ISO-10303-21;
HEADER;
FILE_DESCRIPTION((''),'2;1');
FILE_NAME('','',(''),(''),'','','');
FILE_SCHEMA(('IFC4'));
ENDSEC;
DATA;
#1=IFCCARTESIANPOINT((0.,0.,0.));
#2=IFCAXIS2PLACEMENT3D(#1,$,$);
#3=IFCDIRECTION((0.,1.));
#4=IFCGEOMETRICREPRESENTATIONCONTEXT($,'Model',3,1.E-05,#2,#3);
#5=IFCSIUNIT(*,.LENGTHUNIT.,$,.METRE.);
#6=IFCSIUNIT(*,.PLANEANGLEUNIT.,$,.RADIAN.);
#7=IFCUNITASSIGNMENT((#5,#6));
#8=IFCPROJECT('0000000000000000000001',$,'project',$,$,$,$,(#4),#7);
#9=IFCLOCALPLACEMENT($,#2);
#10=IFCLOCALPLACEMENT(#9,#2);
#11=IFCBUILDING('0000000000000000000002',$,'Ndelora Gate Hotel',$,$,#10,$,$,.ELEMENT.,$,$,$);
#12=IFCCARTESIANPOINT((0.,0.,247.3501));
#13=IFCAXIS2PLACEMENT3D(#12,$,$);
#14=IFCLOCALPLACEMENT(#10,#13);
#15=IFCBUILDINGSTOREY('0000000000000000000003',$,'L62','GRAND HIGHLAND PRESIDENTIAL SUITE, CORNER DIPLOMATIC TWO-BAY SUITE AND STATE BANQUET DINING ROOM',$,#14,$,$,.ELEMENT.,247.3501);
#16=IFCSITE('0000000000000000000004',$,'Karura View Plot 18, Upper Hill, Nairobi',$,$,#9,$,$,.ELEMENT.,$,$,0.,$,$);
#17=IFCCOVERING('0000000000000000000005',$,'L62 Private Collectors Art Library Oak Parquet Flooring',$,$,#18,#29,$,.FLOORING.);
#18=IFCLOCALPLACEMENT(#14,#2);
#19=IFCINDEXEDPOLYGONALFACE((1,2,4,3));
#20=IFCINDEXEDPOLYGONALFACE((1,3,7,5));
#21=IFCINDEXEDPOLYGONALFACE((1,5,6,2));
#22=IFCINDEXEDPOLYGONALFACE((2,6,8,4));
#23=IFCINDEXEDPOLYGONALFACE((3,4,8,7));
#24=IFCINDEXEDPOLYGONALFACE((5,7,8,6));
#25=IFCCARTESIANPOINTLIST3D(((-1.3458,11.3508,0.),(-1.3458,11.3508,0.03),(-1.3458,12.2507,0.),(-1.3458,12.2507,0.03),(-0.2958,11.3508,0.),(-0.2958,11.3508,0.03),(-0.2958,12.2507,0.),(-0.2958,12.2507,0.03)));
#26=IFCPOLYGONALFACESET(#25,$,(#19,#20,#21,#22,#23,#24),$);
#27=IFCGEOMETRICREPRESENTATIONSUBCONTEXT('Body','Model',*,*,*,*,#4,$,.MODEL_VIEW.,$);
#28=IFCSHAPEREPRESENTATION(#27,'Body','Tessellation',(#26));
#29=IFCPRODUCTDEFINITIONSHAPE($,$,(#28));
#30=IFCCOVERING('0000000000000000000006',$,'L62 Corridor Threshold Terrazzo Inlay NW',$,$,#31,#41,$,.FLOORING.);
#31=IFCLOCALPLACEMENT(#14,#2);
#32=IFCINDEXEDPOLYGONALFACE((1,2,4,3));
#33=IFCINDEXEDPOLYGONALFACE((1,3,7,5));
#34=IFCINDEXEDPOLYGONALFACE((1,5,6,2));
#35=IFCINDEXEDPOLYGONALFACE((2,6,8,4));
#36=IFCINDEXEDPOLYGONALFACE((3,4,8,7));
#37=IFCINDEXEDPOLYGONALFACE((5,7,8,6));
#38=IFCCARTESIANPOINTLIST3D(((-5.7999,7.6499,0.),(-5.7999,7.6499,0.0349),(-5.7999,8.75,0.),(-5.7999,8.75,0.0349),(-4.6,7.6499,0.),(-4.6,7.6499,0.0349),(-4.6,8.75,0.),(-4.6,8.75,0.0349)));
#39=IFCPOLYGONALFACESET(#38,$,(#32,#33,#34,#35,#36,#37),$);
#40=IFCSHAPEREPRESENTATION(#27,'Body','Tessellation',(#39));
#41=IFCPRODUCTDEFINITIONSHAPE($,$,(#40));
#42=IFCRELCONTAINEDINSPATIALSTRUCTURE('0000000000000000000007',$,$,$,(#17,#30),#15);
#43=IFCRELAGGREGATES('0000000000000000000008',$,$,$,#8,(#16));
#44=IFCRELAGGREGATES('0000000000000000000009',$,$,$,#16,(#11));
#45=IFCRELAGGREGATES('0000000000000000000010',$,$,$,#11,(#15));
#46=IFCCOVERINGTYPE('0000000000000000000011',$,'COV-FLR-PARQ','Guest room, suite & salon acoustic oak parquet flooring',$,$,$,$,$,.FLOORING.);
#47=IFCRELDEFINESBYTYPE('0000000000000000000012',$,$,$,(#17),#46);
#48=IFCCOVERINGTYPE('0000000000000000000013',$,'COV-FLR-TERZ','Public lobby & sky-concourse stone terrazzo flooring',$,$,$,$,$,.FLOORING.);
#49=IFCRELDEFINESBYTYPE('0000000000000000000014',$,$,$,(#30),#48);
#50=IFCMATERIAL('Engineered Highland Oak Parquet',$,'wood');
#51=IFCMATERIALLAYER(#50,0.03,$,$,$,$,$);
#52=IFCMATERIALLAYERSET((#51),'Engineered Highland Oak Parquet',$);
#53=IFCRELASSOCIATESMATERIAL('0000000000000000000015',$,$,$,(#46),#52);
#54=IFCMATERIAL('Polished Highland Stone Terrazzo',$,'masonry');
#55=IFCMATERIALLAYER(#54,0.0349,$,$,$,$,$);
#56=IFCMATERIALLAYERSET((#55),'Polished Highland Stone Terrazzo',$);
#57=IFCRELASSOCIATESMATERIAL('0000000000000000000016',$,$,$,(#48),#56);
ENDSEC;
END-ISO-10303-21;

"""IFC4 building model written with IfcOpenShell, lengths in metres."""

from ifc_helpers import new_model, si_unit, direction, frame, origin, origin_2d, place, context, subcontext, project, spatial, rectangle, extrude, material, layer, layer_set, type_object, element, save


model = new_model("IFC4")

# Units and contexts
model_context = context("Model", 3, precision=1e-05, world=origin(), true_north=direction((0.0, 1.0)))
body_context = subcontext(model_context, "Body", "Model", "MODEL_VIEW")
ifc_project = project(units=[si_unit("LENGTHUNIT", "METRE"), si_unit("PLANEANGLEUNIT", "RADIAN")], contexts=[model_context])

# Site, building, storey
site_placement = place(None, origin())
site = spatial("IfcSite", under=ifc_project, at=site_placement, Name="Karura View Plot 18, Upper Hill, Nairobi", CompositionType="ELEMENT", RefElevation=0.0)
building_placement = place(site_placement, origin())
building = spatial("IfcBuilding", under=site, at=building_placement, Name="Ndelora Gate Hotel", CompositionType="ELEMENT")
storey_placement = place(building_placement, frame((0.0, 0.0, 247.3501)))
storey = spatial("IfcBuildingStorey", under=building, at=storey_placement, Name="L62", Description="GRAND HIGHLAND PRESIDENTIAL SUITE, CORNER DIPLOMATIC TWO-BAY SUITE AND STATE BANQUET DINING ROOM", CompositionType="ELEMENT", Elevation=247.3501)

# Coverings
ifc_material_1 = material(Name="Engineered Highland Oak Parquet", Category="wood")
ifc_layer_1 = layer(ifc_material_1, 0.03)
ifc_layer_set_1 = layer_set([ifc_layer_1], Name="Engineered Highland Oak Parquet")
covering_type_1 = type_object("IfcCoveringType", Name="COV-FLR-PARQ", Description="Guest room, suite & salon acoustic oak parquet flooring", PredefinedType="FLOORING", material=ifc_layer_set_1)
covering_1_placement = place(storey_placement, frame((-0.8208, 11.8008, 0.0), z_axis=(0.0, 0.0, 1.0), x_axis=(1.0, 0.0, 0.0)))
element("IfcCovering", 1, at=covering_1_placement, inside=storey, type_object=covering_type_1, Name="L62 Private Collectors Art Library Oak Parquet Flooring", PredefinedType="FLOORING", context=body_context, shape_type="SweptSolid", body=[
    extrude(rectangle(XDim=1.05, YDim=0.8999, at=origin_2d()), origin(), (0.0, 0.0, 1.0), 0.03),
])
ifc_material_2 = material(Name="Polished Highland Stone Terrazzo", Category="masonry")
ifc_layer_2 = layer(ifc_material_2, 0.0349)
ifc_layer_set_2 = layer_set([ifc_layer_2], Name="Polished Highland Stone Terrazzo")
covering_type_2 = type_object("IfcCoveringType", Name="COV-FLR-TERZ", Description="Public lobby & sky-concourse stone terrazzo flooring", PredefinedType="FLOORING", material=ifc_layer_set_2)
covering_2_placement = place(storey_placement, frame((-5.2, 8.2, 0.0), z_axis=(0.0, 0.0, 1.0), x_axis=(1.0, 0.0, 0.0)))
element("IfcCovering", 2, at=covering_2_placement, inside=storey, type_object=covering_type_2, Name="L62 Corridor Threshold Terrazzo Inlay NW", PredefinedType="FLOORING", context=body_context, shape_type="SweptSolid", body=[
    extrude(rectangle(XDim=1.2, YDim=1.1001, at=origin_2d()), origin(), (0.0, 0.0, 1.0), 0.0349),
])

save(model, "model.ifc")
